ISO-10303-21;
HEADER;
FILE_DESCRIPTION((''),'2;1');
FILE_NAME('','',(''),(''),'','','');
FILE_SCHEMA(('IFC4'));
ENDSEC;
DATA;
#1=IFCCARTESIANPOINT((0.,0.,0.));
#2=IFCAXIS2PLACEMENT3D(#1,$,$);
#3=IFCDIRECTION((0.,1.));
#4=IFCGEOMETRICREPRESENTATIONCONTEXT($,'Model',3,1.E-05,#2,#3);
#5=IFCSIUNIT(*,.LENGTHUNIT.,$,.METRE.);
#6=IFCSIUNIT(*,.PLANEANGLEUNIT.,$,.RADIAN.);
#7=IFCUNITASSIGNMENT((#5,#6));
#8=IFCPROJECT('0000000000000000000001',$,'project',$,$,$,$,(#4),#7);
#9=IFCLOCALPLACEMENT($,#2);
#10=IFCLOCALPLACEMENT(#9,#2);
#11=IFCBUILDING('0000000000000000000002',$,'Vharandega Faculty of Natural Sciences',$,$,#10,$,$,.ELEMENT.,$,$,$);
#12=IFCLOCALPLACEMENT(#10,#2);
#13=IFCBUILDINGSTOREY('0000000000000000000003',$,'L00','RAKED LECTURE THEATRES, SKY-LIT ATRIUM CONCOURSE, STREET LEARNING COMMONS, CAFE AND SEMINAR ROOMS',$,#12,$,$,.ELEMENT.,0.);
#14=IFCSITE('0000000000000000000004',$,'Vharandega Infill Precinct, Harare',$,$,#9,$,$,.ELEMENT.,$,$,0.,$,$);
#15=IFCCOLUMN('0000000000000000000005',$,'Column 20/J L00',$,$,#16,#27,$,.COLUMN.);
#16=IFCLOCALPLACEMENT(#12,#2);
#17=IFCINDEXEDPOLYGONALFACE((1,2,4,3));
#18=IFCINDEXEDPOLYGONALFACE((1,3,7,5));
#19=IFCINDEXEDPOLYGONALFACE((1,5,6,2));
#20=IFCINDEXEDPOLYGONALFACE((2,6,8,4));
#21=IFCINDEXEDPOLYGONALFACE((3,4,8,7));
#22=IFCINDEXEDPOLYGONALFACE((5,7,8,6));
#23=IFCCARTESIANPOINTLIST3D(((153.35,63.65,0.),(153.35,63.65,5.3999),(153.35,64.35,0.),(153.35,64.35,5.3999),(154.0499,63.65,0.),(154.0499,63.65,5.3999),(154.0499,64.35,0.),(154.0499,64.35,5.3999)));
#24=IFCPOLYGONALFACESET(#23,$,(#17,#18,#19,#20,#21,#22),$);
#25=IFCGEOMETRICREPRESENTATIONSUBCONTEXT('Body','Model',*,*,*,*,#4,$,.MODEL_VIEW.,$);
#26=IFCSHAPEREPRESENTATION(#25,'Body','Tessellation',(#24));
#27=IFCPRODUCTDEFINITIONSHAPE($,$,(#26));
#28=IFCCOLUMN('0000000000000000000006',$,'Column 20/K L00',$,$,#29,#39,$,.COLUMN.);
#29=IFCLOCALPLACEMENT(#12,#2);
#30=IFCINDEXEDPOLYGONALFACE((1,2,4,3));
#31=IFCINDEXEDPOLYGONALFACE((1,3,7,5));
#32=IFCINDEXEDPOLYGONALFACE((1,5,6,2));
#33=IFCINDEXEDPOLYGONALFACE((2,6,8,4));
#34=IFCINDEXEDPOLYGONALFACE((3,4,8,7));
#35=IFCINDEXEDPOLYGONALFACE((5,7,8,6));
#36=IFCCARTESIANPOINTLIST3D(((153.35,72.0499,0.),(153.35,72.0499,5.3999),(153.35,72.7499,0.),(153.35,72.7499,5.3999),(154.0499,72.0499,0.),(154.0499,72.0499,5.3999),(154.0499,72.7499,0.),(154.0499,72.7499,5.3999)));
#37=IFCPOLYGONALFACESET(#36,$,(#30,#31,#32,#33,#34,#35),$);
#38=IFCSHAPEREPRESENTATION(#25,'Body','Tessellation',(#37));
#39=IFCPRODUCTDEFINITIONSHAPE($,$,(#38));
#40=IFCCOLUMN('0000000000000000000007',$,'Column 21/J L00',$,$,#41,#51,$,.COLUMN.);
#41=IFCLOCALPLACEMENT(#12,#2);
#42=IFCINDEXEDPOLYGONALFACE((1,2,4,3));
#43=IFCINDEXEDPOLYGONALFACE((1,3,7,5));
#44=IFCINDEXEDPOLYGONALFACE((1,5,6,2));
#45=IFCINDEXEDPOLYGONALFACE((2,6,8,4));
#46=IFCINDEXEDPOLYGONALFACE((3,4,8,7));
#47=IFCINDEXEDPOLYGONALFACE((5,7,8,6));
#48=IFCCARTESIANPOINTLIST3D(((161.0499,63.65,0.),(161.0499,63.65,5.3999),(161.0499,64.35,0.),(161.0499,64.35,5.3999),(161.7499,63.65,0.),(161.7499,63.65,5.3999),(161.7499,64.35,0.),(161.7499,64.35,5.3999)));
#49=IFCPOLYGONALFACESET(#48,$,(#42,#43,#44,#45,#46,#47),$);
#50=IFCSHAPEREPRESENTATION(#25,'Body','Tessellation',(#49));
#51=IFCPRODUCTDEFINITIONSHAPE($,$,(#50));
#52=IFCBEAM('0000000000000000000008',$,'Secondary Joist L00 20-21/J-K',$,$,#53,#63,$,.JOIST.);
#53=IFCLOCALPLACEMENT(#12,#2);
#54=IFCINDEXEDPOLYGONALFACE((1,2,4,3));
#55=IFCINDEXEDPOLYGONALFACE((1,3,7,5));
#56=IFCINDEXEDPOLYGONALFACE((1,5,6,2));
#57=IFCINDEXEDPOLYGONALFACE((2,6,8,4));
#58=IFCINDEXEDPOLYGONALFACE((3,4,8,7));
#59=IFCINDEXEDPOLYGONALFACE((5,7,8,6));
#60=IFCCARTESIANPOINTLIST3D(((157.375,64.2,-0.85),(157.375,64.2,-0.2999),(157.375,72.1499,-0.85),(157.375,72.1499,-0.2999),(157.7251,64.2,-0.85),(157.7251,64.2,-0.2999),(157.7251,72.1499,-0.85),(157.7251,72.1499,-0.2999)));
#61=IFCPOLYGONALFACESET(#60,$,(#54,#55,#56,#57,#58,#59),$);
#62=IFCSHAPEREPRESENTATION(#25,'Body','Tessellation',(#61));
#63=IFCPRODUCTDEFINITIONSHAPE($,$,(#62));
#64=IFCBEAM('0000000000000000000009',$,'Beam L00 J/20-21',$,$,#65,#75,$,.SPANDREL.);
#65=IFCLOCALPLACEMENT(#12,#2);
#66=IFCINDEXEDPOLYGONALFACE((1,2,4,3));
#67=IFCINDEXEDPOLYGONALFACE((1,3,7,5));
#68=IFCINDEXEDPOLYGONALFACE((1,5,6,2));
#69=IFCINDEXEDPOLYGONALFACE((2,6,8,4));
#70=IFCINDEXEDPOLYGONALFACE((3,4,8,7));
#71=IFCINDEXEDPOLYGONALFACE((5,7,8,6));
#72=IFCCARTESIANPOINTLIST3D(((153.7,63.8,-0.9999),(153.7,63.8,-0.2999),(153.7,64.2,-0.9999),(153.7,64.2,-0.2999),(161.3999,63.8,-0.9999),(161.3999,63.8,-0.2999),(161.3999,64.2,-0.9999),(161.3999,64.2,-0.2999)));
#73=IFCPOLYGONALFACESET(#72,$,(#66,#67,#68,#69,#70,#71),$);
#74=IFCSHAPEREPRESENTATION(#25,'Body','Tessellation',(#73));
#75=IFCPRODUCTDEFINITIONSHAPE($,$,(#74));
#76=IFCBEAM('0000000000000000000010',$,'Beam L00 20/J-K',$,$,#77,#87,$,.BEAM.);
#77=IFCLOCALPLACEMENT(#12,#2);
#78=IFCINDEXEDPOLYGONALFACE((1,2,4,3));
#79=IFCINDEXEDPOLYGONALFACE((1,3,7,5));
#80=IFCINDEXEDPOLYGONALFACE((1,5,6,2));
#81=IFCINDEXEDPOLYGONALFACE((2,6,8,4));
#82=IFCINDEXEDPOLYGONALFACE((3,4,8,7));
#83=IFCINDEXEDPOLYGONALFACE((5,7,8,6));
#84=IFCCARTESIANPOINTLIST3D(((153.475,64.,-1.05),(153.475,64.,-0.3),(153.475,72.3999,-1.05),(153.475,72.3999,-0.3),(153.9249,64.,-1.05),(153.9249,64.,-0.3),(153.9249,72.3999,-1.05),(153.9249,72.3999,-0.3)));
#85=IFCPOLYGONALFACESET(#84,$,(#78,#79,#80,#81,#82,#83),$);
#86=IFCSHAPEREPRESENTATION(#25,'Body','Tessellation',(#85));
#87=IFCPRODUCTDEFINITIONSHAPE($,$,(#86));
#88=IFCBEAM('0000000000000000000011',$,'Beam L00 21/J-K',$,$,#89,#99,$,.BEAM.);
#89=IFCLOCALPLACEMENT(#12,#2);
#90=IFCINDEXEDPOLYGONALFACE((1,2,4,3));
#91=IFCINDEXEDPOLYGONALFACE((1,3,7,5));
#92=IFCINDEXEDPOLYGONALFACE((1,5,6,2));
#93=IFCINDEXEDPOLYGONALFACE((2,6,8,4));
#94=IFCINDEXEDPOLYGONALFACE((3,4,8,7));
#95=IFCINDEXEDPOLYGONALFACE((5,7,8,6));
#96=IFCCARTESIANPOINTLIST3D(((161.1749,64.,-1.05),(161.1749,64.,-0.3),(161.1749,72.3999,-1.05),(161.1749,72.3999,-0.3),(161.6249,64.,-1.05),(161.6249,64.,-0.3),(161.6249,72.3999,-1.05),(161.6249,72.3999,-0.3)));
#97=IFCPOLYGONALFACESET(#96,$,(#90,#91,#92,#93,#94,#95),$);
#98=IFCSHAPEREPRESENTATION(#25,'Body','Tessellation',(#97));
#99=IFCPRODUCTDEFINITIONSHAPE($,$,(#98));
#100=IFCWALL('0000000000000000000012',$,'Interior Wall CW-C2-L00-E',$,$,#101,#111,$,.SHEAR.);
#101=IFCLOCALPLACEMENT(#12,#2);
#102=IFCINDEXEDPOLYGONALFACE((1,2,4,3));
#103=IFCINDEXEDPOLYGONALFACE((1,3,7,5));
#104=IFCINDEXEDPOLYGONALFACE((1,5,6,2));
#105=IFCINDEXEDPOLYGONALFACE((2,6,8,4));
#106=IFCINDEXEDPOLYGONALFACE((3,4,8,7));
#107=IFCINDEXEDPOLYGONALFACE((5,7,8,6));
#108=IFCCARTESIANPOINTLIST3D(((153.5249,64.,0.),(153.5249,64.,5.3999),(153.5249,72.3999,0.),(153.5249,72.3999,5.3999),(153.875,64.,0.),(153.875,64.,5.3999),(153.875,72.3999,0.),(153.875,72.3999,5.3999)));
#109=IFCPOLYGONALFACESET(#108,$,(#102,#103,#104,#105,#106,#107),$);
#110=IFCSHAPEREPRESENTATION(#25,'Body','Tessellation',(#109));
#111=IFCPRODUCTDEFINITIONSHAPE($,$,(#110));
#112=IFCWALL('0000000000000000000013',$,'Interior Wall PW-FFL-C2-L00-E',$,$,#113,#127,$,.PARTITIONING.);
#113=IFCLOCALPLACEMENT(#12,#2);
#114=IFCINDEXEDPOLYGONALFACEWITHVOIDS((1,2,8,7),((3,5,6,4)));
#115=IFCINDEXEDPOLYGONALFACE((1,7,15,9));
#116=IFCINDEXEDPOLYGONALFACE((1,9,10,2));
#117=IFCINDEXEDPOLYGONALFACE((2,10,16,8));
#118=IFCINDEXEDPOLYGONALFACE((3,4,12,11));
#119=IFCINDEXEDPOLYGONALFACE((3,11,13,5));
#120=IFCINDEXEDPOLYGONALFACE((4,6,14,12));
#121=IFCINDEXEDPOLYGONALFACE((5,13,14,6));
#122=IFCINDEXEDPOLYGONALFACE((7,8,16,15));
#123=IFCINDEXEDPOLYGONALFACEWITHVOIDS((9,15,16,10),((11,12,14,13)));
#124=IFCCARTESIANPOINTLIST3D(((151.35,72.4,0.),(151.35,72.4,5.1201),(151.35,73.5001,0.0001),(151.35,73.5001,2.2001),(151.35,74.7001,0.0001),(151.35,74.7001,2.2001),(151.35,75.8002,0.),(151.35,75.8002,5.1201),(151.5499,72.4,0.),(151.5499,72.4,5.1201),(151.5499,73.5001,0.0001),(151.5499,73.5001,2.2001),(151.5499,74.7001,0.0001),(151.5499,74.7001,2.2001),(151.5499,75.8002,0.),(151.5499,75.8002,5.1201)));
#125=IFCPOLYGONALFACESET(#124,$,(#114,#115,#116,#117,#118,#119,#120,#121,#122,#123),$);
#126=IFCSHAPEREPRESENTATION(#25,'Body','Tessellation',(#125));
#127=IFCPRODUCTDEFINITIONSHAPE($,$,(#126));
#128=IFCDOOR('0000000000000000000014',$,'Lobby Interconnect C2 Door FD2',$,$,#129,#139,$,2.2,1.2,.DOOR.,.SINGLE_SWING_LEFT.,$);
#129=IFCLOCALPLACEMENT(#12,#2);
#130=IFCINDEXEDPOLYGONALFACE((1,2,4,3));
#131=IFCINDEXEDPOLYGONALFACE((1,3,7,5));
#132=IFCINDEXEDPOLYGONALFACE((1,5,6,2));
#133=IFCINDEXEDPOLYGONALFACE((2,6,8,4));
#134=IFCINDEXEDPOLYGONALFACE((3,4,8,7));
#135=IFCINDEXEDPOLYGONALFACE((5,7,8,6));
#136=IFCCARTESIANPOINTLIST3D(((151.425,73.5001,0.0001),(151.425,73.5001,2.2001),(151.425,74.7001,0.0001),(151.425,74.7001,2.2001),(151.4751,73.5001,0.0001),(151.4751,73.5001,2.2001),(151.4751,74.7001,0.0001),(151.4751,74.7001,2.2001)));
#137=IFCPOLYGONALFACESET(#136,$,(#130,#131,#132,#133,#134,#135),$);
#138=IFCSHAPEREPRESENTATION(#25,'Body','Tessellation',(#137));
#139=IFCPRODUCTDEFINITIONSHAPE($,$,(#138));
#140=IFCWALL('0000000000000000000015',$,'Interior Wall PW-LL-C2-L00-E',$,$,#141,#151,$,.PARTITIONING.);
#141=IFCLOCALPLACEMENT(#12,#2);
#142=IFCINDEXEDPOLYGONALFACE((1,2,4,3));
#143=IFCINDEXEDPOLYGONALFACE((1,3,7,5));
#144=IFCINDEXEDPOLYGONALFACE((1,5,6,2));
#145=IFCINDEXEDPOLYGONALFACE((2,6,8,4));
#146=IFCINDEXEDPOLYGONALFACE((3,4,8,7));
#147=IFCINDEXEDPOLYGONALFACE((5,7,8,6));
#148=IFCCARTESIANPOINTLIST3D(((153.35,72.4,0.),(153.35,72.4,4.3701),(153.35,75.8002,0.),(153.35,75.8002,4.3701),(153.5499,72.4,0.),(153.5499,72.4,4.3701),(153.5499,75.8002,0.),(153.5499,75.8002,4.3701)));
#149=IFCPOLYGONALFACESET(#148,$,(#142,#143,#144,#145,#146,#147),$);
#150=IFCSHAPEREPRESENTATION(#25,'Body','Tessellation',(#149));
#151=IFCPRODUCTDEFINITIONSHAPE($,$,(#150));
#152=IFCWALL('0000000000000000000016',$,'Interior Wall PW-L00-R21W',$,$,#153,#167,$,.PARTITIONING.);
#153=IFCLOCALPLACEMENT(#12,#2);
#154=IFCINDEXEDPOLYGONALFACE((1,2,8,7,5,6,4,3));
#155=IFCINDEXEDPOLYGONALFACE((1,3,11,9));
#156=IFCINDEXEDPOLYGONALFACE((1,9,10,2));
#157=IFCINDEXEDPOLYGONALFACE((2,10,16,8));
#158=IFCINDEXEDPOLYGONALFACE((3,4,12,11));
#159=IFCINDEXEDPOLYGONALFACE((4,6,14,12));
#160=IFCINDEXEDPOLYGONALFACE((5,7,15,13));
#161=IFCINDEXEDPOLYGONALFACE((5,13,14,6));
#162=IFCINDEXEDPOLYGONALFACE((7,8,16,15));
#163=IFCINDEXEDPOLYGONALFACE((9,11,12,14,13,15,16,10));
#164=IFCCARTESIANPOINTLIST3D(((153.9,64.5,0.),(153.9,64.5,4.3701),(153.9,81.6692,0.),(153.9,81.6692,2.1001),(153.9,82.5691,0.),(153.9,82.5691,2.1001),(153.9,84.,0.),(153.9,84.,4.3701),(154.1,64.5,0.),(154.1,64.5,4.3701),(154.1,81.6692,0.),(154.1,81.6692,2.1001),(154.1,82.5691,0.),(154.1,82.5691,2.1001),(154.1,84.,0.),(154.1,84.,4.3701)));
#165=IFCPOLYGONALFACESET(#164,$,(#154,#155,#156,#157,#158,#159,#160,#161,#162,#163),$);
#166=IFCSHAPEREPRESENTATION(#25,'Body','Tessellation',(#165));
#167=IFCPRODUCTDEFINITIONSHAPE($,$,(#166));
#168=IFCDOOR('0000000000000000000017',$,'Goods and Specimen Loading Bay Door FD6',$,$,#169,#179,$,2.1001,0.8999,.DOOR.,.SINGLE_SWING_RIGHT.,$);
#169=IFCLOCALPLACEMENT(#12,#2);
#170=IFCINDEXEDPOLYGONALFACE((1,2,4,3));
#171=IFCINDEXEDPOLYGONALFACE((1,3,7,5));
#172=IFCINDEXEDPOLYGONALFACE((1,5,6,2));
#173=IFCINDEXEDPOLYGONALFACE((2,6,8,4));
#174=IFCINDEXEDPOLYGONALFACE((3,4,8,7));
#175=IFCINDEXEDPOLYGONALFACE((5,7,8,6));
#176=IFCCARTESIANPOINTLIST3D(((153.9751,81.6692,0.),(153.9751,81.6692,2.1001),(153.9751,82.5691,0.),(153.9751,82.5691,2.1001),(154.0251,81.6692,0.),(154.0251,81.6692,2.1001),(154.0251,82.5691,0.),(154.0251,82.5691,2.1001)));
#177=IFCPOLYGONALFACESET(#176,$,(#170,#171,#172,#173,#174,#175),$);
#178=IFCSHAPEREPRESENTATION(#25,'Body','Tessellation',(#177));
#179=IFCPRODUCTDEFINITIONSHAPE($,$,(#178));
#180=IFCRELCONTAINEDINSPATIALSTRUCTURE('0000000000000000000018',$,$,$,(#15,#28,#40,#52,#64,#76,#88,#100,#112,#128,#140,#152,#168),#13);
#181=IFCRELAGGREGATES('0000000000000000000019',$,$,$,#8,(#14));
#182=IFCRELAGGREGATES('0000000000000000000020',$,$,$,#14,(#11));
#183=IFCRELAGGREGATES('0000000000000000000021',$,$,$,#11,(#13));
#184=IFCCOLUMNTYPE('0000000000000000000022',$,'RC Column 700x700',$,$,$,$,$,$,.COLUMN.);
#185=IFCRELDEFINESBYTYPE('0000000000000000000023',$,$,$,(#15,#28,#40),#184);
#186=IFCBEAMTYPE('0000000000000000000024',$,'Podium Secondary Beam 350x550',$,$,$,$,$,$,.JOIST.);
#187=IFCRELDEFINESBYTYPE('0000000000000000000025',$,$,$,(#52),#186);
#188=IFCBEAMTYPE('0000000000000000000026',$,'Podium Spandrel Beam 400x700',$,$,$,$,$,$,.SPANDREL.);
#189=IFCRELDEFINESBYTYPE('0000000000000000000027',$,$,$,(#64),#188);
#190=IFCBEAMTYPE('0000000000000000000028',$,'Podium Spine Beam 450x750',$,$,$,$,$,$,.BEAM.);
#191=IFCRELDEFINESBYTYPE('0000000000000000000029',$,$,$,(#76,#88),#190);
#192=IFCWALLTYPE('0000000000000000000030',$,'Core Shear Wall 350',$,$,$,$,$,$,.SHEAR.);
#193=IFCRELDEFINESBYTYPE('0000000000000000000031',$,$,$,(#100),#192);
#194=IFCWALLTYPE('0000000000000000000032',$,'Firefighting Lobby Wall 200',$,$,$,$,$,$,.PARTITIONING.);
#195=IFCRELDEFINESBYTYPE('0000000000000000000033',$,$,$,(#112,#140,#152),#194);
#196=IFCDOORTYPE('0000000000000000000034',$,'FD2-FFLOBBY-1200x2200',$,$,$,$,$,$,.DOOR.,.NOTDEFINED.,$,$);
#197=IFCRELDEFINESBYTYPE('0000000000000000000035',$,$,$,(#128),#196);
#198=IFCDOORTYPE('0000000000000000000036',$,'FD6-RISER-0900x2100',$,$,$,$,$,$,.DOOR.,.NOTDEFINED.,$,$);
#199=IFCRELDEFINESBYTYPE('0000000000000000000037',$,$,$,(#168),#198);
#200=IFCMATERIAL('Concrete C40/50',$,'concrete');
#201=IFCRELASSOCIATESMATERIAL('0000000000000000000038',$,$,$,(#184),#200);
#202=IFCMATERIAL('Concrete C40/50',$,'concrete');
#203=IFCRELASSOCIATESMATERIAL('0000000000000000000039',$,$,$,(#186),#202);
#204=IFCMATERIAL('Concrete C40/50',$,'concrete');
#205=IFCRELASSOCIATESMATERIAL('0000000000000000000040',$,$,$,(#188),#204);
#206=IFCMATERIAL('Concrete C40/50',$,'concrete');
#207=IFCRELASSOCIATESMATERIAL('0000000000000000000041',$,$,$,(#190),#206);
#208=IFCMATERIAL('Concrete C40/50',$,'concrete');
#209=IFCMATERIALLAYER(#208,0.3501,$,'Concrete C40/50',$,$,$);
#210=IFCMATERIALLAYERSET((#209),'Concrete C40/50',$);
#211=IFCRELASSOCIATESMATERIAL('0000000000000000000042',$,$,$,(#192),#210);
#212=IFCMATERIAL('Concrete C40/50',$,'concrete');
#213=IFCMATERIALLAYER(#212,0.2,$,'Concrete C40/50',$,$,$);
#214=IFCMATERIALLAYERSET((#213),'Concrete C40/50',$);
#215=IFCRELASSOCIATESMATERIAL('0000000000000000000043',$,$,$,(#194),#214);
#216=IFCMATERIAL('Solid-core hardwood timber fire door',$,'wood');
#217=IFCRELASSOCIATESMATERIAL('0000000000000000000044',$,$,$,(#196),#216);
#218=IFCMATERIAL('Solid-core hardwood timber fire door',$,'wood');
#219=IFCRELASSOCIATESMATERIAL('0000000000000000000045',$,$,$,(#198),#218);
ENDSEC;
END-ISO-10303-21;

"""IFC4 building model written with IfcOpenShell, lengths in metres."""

from ifc_helpers import new_model, si_unit, direction, frame, frame_2d, origin, origin_2d, place, context, subcontext, project, spatial, rectangle, extrude, material, layer, layer_set, material_profile, profile_set, type_object, element, fill, save


model = new_model("IFC4")

# Units and contexts
model_context = context("Model", 3, precision=1e-05, world=origin(), true_north=direction((0.0, 1.0)))
body_context = subcontext(model_context, "Body", "Model", "MODEL_VIEW")
ifc_project = project(units=[si_unit("LENGTHUNIT", "METRE"), si_unit("PLANEANGLEUNIT", "RADIAN")], contexts=[model_context])

# Site, building, storey
site_placement = place(None, origin())
site = spatial("IfcSite", under=ifc_project, at=site_placement, Name="Vharandega Infill Precinct, Harare", CompositionType="ELEMENT", RefElevation=0.0)
building_placement = place(site_placement, origin())
building = spatial("IfcBuilding", under=site, at=building_placement, Name="Vharandega Faculty of Natural Sciences", CompositionType="ELEMENT")
storey_placement = place(building_placement, origin())
storey = spatial("IfcBuildingStorey", under=building, at=storey_placement, Name="L00", Description="RAKED LECTURE THEATRES, SKY-LIT ATRIUM CONCOURSE, STREET LEARNING COMMONS, CAFE AND SEMINAR ROOMS", CompositionType="ELEMENT", Elevation=0.0)

# Columns
ifc_material_1 = material(Name="Concrete C40/50", Category="concrete")
ifc_material_profile_1 = material_profile(ifc_material_1, rectangle(XDim=0.7, YDim=0.7, at=origin_2d()), Name="RC 700x700")
ifc_profile_set_1 = profile_set([ifc_material_profile_1], Name="Concrete C40/50")
column_type = type_object("IfcColumnType", Name="RC Column 700x700", PredefinedType="COLUMN", material=ifc_profile_set_1)
for number, where, z_axis, x_axis, name in (
    (1, (153.7, 64.0, 0.0), (0.0, 0.0, 1.0), (1.0, 0.0, 0.0), "Column 20/J L00"),
    (2, (153.7, 72.3999, 0.0), (0.0, 0.0, 1.0), (1.0, 0.0, 0.0), "Column 20/K L00"),
    (3, (161.3999, 64.0, 0.0), (0.0, 0.0, 1.0), (1.0, 0.0, 0.0), "Column 21/J L00"),
):
    element("IfcColumn", number, at=place(storey_placement, frame(where, z_axis=z_axis, x_axis=x_axis)), inside=storey, type_object=column_type, Name=name, PredefinedType="COLUMN", context=body_context, shape_type="SweptSolid", body=[
        extrude(rectangle(XDim=0.7, YDim=0.7, at=origin_2d()), origin(), (0.0, 0.0, 1.0), 5.3999),
    ])

# Beams
ifc_material_2 = material(Name="Concrete C40/50", Category="concrete")
ifc_material_profile_2 = material_profile(ifc_material_2, rectangle(XDim=0.3501, YDim=0.55, at=origin_2d()), Name="RC 350x550")
ifc_profile_set_2 = profile_set([ifc_material_profile_2], Name="Concrete C40/50")
beam_type_1 = type_object("IfcBeamType", Name="Podium Secondary Beam 350x550", PredefinedType="JOIST", material=ifc_profile_set_2)
beam_1_placement = place(storey_placement, frame((157.55, 64.2, -0.575), z_axis=(0.0, 1.0, 0.0), x_axis=(-1.0, 0.0, 0.0)))
element("IfcBeam", 4, at=beam_1_placement, inside=storey, type_object=beam_type_1, Name="Secondary Joist L00 20-21/J-K", PredefinedType="JOIST", context=body_context, shape_type="SweptSolid", body=[
    extrude(rectangle(XDim=0.3501, YDim=0.55, at=origin_2d()), origin(), (0.0, 0.0, 1.0), 7.95),
])
ifc_material_3 = material(Name="Concrete C40/50", Category="concrete")
ifc_material_profile_3 = material_profile(ifc_material_3, rectangle(XDim=0.3999, YDim=0.7, at=origin_2d()), Name="RC 400x700")
ifc_profile_set_3 = profile_set([ifc_material_profile_3], Name="Concrete C40/50")
beam_type_2 = type_object("IfcBeamType", Name="Podium Spandrel Beam 400x700", PredefinedType="SPANDREL", material=ifc_profile_set_3)
beam_2_placement = place(storey_placement, frame((153.7, 64.0, -0.6499), z_axis=(1.0, 0.0, 0.0), x_axis=(0.0, 1.0, 0.0)))
element("IfcBeam", 5, at=beam_2_placement, inside=storey, type_object=beam_type_2, Name="Beam L00 J/20-21", PredefinedType="SPANDREL", context=body_context, shape_type="SweptSolid", body=[
    extrude(rectangle(XDim=0.3999, YDim=0.7, at=origin_2d()), origin(), (0.0, 0.0, 1.0), 7.7),
])
ifc_material_4 = material(Name="Concrete C40/50", Category="concrete")
ifc_material_profile_4 = material_profile(ifc_material_4, rectangle(XDim=0.45, YDim=0.75, at=origin_2d()), Name="RC 450x750")
ifc_profile_set_4 = profile_set([ifc_material_profile_4], Name="Concrete C40/50")
beam_type_3 = type_object("IfcBeamType", Name="Podium Spine Beam 450x750", PredefinedType="BEAM", material=ifc_profile_set_4)
for number, where, z_axis, x_axis, name in (
    (6, (153.7, 64.0, -0.675), (0.0, 1.0, 0.0), (-1.0, 0.0, 0.0), "Beam L00 20/J-K"),
    (7, (161.3999, 64.0, -0.675), (0.0, 1.0, 0.0), (-1.0, 0.0, 0.0), "Beam L00 21/J-K"),
):
    element("IfcBeam", number, at=place(storey_placement, frame(where, z_axis=z_axis, x_axis=x_axis)), inside=storey, type_object=beam_type_3, Name=name, PredefinedType="BEAM", context=body_context, shape_type="SweptSolid", body=[
        extrude(rectangle(XDim=0.45, YDim=0.75, at=origin_2d()), origin(), (0.0, 0.0, 1.0), 8.3999),
    ])

# Wall
ifc_material_5 = material(Name="Concrete C40/50", Category="concrete")
ifc_layer_1 = layer(ifc_material_5, 0.3501, Name="Concrete C40/50")
ifc_layer_set_1 = layer_set([ifc_layer_1], Name="Concrete C40/50")
wall_type_1 = type_object("IfcWallType", Name="Core Shear Wall 350", PredefinedType="SHEAR", material=ifc_layer_set_1)
wall_1_placement = place(storey_placement, frame((153.7, 64.0, 0.0), z_axis=(0.0, 0.0, 1.0), x_axis=(0.0, 1.0, 0.0)))
element("IfcWall", 8, at=wall_1_placement, inside=storey, type_object=wall_type_1, Name="Interior Wall CW-C2-L00-E", PredefinedType="SHEAR", context=body_context, shape_type="SweptSolid", body=[
    extrude(rectangle(XDim=8.3999, YDim=0.3501, at=frame_2d((4.2, 0.0))), origin(), (0.0, 0.0, 1.0), 5.3999),
])

# Wall, opening, door
ifc_material_6 = material(Name="Concrete C40/50", Category="concrete")
ifc_layer_2 = layer(ifc_material_6, 0.2, Name="Concrete C40/50")
ifc_layer_set_2 = layer_set([ifc_layer_2], Name="Concrete C40/50")
wall_type_2 = type_object("IfcWallType", Name="Firefighting Lobby Wall 200", PredefinedType="PARTITIONING", material=ifc_layer_set_2)
wall_2_placement = place(storey_placement, frame((151.45, 72.3999, 0.0), z_axis=(0.0, 0.0, 1.0), x_axis=(0.0, 1.0, 0.0)))
wall_2 = element("IfcWall", 9, at=wall_2_placement, inside=storey, type_object=wall_type_2, Name="Interior Wall PW-FFL-C2-L00-E", PredefinedType="PARTITIONING", context=body_context, shape_type="SweptSolid", body=[
    extrude(rectangle(XDim=3.4001, YDim=0.2, at=frame_2d((1.7002, 0.0))), origin(), (0.0, 0.0, 1.0), 5.1201),
])
opening_1_placement = place(wall_2_placement, frame((1.1001, 0.0, 0.0)))
opening_1 = element("IfcOpeningElement", 10, at=opening_1_placement, cuts=wall_2, PredefinedType="OPENING", context=body_context, shape_type="SweptSolid", body=[
    extrude(rectangle(XDim=1.2, YDim=2.2, at=frame_2d((0.6001, 1.1001))), frame((0.0, 0.1099, 0.0), z_axis=(0.0, -1.0, 0.0), x_axis=(1.0, 0.0, 0.0)), (0.0, 0.0, 1.0), 0.22),
])
ifc_material_7 = material(Name="Solid-core hardwood timber fire door", Category="wood")
door_type_1 = type_object("IfcDoorType", Name="FD2-FFLOBBY-1200x2200", OperationType="NOTDEFINED", PredefinedType="DOOR", material=ifc_material_7)
door_1_placement = place(opening_1_placement, origin())
door_1 = element("IfcDoor", 11, at=door_1_placement, inside=storey, type_object=door_type_1, Name="Lobby Interconnect C2 Door FD2", OperationType="SINGLE_SWING_LEFT", OverallHeight=2.2, OverallWidth=1.2, PredefinedType="DOOR", context=body_context, shape_type="SweptSolid", body=[
    extrude(rectangle(XDim=1.2, YDim=2.2, at=frame_2d((0.6001, 1.1001))), frame((0.0, 0.0249, 0.0), z_axis=(0.0, -1.0, 0.0), x_axis=(1.0, 0.0, 0.0)), (0.0, 0.0, 1.0), 0.05),
])
fill(opening_1, door_1)

# Wall
wall_3_placement = place(storey_placement, frame((153.45, 72.3999, 0.0), z_axis=(0.0, 0.0, 1.0), x_axis=(0.0, 1.0, 0.0)))
element("IfcWall", 12, at=wall_3_placement, inside=storey, type_object=wall_type_2, Name="Interior Wall PW-LL-C2-L00-E", PredefinedType="PARTITIONING", context=body_context, shape_type="SweptSolid", body=[
    extrude(rectangle(XDim=3.4001, YDim=0.2, at=frame_2d((1.7002, 0.0))), origin(), (0.0, 0.0, 1.0), 4.3701),
])

# Wall, opening, door
wall_4_placement = place(storey_placement, frame((154.0, 64.5, 0.0), z_axis=(0.0, 0.0, 1.0), x_axis=(0.0, 1.0, 0.0)))
wall_4 = element("IfcWall", 13, at=wall_4_placement, inside=storey, type_object=wall_type_2, Name="Interior Wall PW-L00-R21W", PredefinedType="PARTITIONING", context=body_context, shape_type="SweptSolid", body=[
    extrude(rectangle(XDim=19.5, YDim=0.2, at=frame_2d((9.75, 0.0))), origin(), (0.0, 0.0, 1.0), 4.3701),
])
opening_2_placement = place(wall_4_placement, frame((17.1692, 0.0, 0.0)))
opening_2 = element("IfcOpeningElement", 14, at=opening_2_placement, cuts=wall_4, PredefinedType="OPENING", context=body_context, shape_type="SweptSolid", body=[
    extrude(rectangle(XDim=0.8999, YDim=2.1001, at=frame_2d((0.45, 1.05))), frame((0.0, 0.1099, 0.0), z_axis=(0.0, -1.0, 0.0), x_axis=(1.0, 0.0, 0.0)), (0.0, 0.0, 1.0), 0.22),
])
ifc_material_8 = material(Name="Solid-core hardwood timber fire door", Category="wood")
door_type_2 = type_object("IfcDoorType", Name="FD6-RISER-0900x2100", OperationType="NOTDEFINED", PredefinedType="DOOR", material=ifc_material_8)
door_2_placement = place(opening_2_placement, origin())
door_2 = element("IfcDoor", 15, at=door_2_placement, inside=storey, type_object=door_type_2, Name="Goods and Specimen Loading Bay Door FD6", OperationType="SINGLE_SWING_RIGHT", OverallHeight=2.1001, OverallWidth=0.8999, PredefinedType="DOOR", context=body_context, shape_type="SweptSolid", body=[
    extrude(rectangle(XDim=0.8999, YDim=2.1001, at=frame_2d((0.45, 1.05))), frame((0.0, 0.0249, 0.0), z_axis=(0.0, -1.0, 0.0), x_axis=(1.0, 0.0, 0.0)), (0.0, 0.0, 1.0), 0.05),
])
fill(opening_2, door_2)

save(model, "model.ifc")
